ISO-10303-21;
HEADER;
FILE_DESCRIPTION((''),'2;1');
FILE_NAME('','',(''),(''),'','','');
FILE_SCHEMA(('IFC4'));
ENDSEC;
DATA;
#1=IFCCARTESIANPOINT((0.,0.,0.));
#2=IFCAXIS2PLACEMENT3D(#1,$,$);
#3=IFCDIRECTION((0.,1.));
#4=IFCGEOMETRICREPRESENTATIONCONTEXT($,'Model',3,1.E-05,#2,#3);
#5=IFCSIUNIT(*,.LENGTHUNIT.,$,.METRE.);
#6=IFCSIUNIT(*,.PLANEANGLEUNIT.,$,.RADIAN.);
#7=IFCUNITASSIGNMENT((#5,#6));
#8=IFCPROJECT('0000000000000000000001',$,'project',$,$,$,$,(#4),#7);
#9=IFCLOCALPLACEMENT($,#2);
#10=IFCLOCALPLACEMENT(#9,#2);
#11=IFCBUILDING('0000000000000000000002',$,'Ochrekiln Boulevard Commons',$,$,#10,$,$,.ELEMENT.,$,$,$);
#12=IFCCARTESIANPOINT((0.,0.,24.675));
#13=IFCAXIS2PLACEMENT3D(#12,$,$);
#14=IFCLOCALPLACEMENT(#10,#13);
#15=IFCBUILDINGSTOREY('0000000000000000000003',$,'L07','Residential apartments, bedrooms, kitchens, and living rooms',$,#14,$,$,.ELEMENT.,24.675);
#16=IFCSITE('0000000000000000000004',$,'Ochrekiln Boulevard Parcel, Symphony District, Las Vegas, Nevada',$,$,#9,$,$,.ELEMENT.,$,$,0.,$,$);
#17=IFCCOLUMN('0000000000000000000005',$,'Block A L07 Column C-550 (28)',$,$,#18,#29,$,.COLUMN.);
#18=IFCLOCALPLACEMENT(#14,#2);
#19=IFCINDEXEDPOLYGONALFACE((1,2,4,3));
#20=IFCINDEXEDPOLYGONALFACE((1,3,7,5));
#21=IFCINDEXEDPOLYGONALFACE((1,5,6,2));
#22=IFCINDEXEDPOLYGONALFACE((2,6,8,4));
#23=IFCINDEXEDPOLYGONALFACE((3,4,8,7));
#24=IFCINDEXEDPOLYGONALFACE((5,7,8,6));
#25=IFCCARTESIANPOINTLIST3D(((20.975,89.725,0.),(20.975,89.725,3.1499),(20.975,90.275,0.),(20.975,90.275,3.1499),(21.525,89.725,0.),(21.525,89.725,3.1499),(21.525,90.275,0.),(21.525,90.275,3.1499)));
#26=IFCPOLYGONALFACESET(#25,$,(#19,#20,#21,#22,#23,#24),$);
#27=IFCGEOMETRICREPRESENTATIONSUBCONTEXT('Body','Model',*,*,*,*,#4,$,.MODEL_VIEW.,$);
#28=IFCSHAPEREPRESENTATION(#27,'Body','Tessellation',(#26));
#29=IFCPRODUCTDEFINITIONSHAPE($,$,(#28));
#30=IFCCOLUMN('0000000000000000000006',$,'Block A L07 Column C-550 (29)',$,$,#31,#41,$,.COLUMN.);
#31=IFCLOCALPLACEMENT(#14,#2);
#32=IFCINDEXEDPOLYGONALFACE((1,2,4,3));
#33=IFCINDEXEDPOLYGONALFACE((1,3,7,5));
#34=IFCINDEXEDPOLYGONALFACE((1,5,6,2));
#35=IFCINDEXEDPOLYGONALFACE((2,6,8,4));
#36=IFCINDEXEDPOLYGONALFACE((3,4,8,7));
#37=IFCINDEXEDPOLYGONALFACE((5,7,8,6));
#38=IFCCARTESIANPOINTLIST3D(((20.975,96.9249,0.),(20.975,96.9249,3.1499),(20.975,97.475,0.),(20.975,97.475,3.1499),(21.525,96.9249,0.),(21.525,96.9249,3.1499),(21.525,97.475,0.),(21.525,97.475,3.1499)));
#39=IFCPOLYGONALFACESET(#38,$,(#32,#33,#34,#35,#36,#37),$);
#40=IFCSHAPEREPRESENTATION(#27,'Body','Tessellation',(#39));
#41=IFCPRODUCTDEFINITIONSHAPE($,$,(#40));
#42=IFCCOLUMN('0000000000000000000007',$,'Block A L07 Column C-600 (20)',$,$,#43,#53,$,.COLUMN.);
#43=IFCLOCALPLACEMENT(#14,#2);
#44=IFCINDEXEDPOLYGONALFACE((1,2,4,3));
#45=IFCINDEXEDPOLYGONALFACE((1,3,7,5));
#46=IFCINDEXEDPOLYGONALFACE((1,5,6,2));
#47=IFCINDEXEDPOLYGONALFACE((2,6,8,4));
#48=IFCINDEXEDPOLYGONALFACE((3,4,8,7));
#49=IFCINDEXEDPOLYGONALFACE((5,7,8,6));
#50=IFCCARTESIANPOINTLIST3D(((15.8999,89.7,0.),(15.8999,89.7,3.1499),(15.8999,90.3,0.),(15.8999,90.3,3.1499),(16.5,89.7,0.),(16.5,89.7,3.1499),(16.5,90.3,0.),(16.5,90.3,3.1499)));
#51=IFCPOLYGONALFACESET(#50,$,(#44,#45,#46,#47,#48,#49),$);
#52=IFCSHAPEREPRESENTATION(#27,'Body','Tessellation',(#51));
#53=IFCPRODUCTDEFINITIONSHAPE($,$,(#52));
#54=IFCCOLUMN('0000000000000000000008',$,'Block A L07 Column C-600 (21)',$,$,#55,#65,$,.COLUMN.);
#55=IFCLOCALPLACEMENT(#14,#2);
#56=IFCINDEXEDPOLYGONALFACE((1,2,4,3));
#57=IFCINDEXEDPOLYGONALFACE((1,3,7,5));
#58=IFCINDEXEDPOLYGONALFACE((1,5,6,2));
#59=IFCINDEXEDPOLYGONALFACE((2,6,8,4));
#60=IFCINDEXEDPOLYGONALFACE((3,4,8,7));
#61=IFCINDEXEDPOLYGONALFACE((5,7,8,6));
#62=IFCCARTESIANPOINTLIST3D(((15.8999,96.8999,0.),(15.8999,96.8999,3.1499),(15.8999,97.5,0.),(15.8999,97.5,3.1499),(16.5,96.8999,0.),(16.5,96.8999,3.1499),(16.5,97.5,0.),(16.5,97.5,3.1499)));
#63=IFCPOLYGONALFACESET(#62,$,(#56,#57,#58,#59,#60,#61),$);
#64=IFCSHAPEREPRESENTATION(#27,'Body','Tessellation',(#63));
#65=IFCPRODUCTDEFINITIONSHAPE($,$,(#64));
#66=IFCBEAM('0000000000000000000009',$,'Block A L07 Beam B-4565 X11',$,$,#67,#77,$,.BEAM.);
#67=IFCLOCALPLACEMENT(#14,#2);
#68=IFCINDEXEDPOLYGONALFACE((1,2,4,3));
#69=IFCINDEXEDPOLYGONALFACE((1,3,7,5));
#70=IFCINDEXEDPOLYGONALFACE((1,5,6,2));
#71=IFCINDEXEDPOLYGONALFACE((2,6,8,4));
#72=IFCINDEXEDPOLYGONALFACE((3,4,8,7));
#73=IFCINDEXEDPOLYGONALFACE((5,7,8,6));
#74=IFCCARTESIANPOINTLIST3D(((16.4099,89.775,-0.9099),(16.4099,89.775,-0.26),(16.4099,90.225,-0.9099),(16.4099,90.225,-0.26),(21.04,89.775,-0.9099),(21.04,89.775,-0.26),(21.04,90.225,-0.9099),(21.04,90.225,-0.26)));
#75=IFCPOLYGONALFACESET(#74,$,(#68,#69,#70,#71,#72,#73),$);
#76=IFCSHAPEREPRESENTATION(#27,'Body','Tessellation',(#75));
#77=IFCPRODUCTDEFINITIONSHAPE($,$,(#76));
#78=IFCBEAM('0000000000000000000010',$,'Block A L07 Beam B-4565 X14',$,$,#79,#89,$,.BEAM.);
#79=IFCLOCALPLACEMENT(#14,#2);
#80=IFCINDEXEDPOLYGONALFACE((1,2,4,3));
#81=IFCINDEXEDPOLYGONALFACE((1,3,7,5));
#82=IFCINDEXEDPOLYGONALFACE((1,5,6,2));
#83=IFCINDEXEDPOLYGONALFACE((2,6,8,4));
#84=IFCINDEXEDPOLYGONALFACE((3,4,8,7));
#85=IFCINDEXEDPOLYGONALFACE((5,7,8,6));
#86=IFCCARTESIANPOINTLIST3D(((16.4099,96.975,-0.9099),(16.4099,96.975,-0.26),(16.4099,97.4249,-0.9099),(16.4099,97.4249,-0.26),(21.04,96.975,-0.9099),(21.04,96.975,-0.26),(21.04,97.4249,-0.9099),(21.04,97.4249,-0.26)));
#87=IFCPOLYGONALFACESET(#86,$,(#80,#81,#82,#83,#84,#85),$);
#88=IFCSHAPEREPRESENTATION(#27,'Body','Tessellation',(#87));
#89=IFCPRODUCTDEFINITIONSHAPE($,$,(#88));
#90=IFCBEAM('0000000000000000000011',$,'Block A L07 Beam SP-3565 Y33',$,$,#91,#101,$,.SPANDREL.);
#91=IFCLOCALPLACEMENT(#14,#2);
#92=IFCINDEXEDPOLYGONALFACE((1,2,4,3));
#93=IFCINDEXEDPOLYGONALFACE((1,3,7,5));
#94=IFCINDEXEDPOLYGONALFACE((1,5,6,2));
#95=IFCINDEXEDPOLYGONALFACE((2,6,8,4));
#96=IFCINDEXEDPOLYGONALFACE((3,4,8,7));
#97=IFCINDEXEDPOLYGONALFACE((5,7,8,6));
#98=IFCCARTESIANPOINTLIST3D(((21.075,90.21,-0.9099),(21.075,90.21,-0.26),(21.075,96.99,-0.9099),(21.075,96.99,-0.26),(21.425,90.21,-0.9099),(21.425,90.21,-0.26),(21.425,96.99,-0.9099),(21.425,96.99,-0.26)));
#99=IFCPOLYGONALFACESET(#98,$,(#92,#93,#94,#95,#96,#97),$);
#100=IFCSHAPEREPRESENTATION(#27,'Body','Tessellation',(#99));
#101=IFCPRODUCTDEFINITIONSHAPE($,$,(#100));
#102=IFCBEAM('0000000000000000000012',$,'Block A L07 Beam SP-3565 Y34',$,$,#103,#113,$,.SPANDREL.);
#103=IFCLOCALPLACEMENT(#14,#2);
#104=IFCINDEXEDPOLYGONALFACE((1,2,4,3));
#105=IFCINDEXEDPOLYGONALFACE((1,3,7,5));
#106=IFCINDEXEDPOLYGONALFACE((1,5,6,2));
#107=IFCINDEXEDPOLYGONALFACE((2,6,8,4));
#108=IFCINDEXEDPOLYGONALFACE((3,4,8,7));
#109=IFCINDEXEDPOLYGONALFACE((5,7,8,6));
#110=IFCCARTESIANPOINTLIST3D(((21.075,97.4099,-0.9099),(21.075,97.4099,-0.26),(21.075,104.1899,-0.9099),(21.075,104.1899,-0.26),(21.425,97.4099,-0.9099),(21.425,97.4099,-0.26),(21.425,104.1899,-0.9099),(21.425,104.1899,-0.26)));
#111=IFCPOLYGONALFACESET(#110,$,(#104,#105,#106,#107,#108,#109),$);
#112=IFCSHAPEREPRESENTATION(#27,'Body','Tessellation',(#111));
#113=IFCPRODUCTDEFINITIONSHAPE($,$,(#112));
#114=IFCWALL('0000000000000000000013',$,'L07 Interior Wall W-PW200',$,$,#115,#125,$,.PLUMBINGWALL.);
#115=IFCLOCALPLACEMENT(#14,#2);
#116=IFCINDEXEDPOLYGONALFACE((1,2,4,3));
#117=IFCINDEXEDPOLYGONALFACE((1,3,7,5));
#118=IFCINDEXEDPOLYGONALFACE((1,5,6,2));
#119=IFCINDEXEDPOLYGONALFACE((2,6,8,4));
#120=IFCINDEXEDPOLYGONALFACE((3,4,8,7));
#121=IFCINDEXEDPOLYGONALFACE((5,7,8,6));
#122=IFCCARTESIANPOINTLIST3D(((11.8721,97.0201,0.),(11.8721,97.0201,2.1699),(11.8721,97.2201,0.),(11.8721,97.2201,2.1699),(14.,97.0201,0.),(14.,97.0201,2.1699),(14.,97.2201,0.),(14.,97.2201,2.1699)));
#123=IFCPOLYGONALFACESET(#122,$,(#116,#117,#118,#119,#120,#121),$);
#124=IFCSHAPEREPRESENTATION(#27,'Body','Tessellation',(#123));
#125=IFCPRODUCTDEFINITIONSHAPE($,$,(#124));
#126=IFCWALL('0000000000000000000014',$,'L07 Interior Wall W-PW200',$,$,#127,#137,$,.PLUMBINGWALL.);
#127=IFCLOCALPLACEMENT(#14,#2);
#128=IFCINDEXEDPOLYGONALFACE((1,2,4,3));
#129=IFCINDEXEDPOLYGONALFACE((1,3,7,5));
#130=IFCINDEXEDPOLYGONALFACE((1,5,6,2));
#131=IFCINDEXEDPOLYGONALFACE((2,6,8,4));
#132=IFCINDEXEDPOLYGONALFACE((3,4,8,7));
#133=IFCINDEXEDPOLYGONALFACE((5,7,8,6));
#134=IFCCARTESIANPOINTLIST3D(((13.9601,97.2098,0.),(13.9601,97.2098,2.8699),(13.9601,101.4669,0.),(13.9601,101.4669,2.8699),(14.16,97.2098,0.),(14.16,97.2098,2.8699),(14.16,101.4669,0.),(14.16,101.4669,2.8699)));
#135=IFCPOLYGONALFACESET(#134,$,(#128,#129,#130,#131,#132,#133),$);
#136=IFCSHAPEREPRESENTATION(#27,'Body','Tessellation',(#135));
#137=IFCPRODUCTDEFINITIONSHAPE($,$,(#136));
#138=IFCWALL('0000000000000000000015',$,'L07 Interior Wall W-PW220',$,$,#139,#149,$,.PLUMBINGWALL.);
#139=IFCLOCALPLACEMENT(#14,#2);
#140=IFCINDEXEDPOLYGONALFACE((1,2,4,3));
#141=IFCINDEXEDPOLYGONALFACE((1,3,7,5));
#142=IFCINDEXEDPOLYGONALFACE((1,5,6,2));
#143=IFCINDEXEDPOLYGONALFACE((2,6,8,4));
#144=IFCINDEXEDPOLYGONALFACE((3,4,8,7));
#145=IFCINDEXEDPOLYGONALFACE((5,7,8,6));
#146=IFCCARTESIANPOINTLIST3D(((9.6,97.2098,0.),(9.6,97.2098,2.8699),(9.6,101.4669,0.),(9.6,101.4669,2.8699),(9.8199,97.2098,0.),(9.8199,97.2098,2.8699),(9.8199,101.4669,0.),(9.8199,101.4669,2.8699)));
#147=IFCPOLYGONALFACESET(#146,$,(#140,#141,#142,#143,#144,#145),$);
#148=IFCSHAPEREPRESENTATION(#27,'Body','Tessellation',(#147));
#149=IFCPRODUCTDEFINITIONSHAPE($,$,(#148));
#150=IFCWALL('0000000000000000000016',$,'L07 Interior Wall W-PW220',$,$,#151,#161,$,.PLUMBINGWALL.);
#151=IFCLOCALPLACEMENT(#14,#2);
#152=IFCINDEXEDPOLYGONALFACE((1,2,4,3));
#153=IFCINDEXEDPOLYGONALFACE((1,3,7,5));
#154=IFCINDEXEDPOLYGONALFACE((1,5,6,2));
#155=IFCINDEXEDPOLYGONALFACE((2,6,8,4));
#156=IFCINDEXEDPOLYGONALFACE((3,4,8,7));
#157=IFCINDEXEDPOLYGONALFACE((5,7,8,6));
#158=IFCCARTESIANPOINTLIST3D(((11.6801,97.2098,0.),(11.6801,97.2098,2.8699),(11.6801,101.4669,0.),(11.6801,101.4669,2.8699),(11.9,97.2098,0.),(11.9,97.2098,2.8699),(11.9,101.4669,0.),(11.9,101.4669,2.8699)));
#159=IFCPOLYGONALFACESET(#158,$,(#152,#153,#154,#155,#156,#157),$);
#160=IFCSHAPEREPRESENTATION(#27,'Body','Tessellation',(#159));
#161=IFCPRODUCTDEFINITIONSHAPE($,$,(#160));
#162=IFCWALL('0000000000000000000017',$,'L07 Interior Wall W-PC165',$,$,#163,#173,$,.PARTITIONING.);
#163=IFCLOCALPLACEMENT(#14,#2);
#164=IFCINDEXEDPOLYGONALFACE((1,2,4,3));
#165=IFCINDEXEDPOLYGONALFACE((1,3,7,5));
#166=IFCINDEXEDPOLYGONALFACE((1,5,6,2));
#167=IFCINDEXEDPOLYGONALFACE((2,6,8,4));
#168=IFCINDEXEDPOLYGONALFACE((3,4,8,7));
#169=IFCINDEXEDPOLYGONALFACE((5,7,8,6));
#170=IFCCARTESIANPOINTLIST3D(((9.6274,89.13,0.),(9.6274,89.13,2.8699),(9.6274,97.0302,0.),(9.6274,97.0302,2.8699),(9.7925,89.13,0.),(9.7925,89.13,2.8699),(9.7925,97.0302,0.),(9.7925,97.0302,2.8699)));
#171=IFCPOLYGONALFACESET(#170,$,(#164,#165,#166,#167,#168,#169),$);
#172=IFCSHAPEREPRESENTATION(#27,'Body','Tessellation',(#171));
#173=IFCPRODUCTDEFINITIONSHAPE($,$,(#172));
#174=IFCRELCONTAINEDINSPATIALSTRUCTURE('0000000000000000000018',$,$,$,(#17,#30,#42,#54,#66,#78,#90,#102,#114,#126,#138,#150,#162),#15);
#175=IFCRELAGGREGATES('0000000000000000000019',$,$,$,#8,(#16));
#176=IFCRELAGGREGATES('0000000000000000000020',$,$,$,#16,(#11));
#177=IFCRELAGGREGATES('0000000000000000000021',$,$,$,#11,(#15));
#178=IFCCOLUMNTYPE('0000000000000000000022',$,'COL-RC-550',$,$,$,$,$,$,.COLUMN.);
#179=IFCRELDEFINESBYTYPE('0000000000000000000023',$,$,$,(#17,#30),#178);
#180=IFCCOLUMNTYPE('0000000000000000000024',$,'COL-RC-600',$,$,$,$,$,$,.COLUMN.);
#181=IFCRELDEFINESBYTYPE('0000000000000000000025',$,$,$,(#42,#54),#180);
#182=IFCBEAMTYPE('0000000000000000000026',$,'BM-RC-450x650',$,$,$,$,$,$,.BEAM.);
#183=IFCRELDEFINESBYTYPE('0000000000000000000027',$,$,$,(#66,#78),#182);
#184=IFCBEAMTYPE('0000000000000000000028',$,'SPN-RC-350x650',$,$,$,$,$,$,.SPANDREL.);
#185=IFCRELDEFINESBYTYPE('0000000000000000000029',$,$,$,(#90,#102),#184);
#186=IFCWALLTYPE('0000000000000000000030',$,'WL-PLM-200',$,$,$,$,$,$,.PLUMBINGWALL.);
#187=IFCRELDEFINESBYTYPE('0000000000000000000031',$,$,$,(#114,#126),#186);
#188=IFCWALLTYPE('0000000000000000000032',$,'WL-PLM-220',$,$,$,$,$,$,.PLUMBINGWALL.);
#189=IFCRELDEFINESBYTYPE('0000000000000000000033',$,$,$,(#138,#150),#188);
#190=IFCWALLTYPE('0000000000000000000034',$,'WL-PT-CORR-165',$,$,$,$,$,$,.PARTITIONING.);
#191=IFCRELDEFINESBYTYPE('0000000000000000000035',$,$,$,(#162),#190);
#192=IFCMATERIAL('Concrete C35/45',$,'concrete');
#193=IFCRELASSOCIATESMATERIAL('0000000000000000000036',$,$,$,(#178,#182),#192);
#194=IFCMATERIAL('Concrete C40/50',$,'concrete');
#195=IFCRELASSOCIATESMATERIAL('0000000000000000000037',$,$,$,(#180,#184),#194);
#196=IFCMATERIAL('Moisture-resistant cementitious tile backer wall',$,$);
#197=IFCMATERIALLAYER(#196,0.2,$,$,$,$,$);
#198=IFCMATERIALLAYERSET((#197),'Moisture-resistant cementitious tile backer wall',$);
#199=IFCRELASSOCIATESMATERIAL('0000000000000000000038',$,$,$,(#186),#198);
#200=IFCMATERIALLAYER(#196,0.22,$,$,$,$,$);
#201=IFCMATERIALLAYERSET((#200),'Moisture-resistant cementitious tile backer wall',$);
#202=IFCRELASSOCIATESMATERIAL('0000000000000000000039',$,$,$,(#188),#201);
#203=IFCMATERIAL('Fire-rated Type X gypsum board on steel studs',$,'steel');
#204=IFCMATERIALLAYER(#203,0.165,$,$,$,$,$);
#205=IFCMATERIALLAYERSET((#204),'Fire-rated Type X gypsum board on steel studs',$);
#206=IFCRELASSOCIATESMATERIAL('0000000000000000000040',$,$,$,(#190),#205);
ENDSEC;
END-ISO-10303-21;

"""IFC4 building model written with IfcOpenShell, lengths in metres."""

from ifc_helpers import new_model, si_unit, direction, frame, frame_2d, origin, origin_2d, place, context, subcontext, project, spatial, rectangle, extrude, material, layer, layer_set, material_profile, profile_set, type_object, element, save


model = new_model("IFC4")

# Units and contexts
model_context = context("Model", 3, precision=1e-05, world=origin(), true_north=direction((0.0, 1.0)))
body_context = subcontext(model_context, "Body", "Model", "MODEL_VIEW")
ifc_project = project(units=[si_unit("LENGTHUNIT", "METRE"), si_unit("PLANEANGLEUNIT", "RADIAN")], contexts=[model_context])

# Site, building, storey
site_placement = place(None, origin())
site = spatial("IfcSite", under=ifc_project, at=site_placement, Name="Ochrekiln Boulevard Parcel, Symphony District, Las Vegas, Nevada", CompositionType="ELEMENT", RefElevation=0.0)
building_placement = place(site_placement, origin())
building = spatial("IfcBuilding", under=site, at=building_placement, Name="Ochrekiln Boulevard Commons", CompositionType="ELEMENT")
storey_placement = place(building_placement, frame((0.0, 0.0, 24.675)))
storey = spatial("IfcBuildingStorey", under=building, at=storey_placement, Name="L07", Description="Residential apartments, bedrooms, kitchens, and living rooms", CompositionType="ELEMENT", Elevation=24.675)

# Columns
ifc_material_1 = material(Name="Concrete C35/45", Category="concrete")
ifc_material_profile_1 = material_profile(ifc_material_1, rectangle(XDim=0.55, YDim=0.55, at=origin_2d()), Name="RC-COL-550x550")
ifc_profile_set_1 = profile_set([ifc_material_profile_1], Name="Concrete C35/45")
column_type_1 = type_object("IfcColumnType", Name="COL-RC-550", PredefinedType="COLUMN", material=ifc_profile_set_1)
for number, where, z_axis, x_axis, name in (
    (1, (21.25, 90.0, 0.0), (0.0, 0.0, 1.0), (1.0, 0.0, 0.0), "Block A L07 Column C-550 (28)"),
    (2, (21.25, 97.2, 0.0), (0.0, 0.0, 1.0), (1.0, 0.0, 0.0), "Block A L07 Column C-550 (29)"),
):
    element("IfcColumn", number, at=place(storey_placement, frame(where, z_axis=z_axis, x_axis=x_axis)), inside=storey, type_object=column_type_1, Name=name, PredefinedType="COLUMN", context=body_context, shape_type="SweptSolid", body=[
        extrude(rectangle(XDim=0.55, YDim=0.55, at=origin_2d()), origin(), (0.0, 0.0, 1.0), 3.1499),
    ])
ifc_material_2 = material(Name="Concrete C40/50", Category="concrete")
ifc_material_profile_2 = material_profile(ifc_material_2, rectangle(XDim=0.6001, YDim=0.6001, at=origin_2d()), Name="RC-COL-600x600")
ifc_profile_set_2 = profile_set([ifc_material_profile_2], Name="Concrete C40/50")
column_type_2 = type_object("IfcColumnType", Name="COL-RC-600", PredefinedType="COLUMN", material=ifc_profile_set_2)
for number, where, z_axis, x_axis, name in (
    (3, (16.2, 90.0, 0.0), (0.0, 0.0, 1.0), (1.0, 0.0, 0.0), "Block A L07 Column C-600 (20)"),
    (4, (16.2, 97.2, 0.0), (0.0, 0.0, 1.0), (1.0, 0.0, 0.0), "Block A L07 Column C-600 (21)"),
):
    element("IfcColumn", number, at=place(storey_placement, frame(where, z_axis=z_axis, x_axis=x_axis)), inside=storey, type_object=column_type_2, Name=name, PredefinedType="COLUMN", context=body_context, shape_type="SweptSolid", body=[
        extrude(rectangle(XDim=0.6001, YDim=0.6001, at=origin_2d()), origin(), (0.0, 0.0, 1.0), 3.1499),
    ])

# Beams
ifc_material_profile_3 = material_profile(ifc_material_1, rectangle(XDim=0.45, YDim=0.6499, at=origin_2d()), Name="RC-BM-450x650")
ifc_profile_set_3 = profile_set([ifc_material_profile_3], Name="Concrete C35/45")
beam_type_1 = type_object("IfcBeamType", Name="BM-RC-450x650", PredefinedType="BEAM", material=ifc_profile_set_3)
for number, where, z_axis, x_axis, name in (
    (5, (16.4099, 90.0, -0.585), (1.0, 0.0, 0.0), (0.0, 1.0, 0.0), "Block A L07 Beam B-4565 X11"),
    (6, (16.4099, 97.2, -0.585), (1.0, 0.0, 0.0), (0.0, 1.0, 0.0), "Block A L07 Beam B-4565 X14"),
):
    element("IfcBeam", number, at=place(storey_placement, frame(where, z_axis=z_axis, x_axis=x_axis)), inside=storey, type_object=beam_type_1, Name=name, PredefinedType="BEAM", context=body_context, shape_type="SweptSolid", body=[
        extrude(rectangle(XDim=0.45, YDim=0.6499, at=origin_2d()), origin(), (0.0, 0.0, 1.0), 4.6301),
    ])
ifc_material_profile_4 = material_profile(ifc_material_2, rectangle(XDim=0.3501, YDim=0.6499, at=origin_2d()), Name="RC-SPN-350x650")
ifc_profile_set_4 = profile_set([ifc_material_profile_4], Name="Concrete C40/50")
beam_type_2 = type_object("IfcBeamType", Name="SPN-RC-350x650", PredefinedType="SPANDREL", material=ifc_profile_set_4)
for number, where, z_axis, x_axis, name in (
    (7, (21.25, 90.21, -0.585), (0.0, 1.0, 0.0), (-1.0, 0.0, 0.0), "Block A L07 Beam SP-3565 Y33"),
    (8, (21.25, 97.4099, -0.585), (0.0, 1.0, 0.0), (-1.0, 0.0, 0.0), "Block A L07 Beam SP-3565 Y34"),
):
    element("IfcBeam", number, at=place(storey_placement, frame(where, z_axis=z_axis, x_axis=x_axis)), inside=storey, type_object=beam_type_2, Name=name, PredefinedType="SPANDREL", context=body_context, shape_type="SweptSolid", body=[
        extrude(rectangle(XDim=0.3501, YDim=0.6499, at=origin_2d()), origin(), (0.0, 0.0, 1.0), 6.78),
    ])

# Walls
ifc_material_3 = material(Name="Moisture-resistant cementitious tile backer wall")
ifc_layer_1 = layer(ifc_material_3, 0.2)
ifc_layer_set_1 = layer_set([ifc_layer_1], Name="Moisture-resistant cementitious tile backer wall")
wall_type_1 = type_object("IfcWallType", Name="WL-PLM-200", PredefinedType="PLUMBINGWALL", material=ifc_layer_set_1)
wall_1_placement = place(storey_placement, frame((11.8721, 97.1201, 0.0), z_axis=(0.0, 0.0, 1.0), x_axis=(1.0, 0.0, 0.0)))
element("IfcWall", 9, at=wall_1_placement, inside=storey, type_object=wall_type_1, Name="L07 Interior Wall W-PW200", PredefinedType="PLUMBINGWALL", context=body_context, shape_type="SweptSolid", body=[
    extrude(rectangle(XDim=2.1279, YDim=0.2, at=frame_2d((1.064, 0.0))), origin(), (0.0, 0.0, 1.0), 2.1699),
])
wall_2_placement = place(storey_placement, frame((14.0601, 97.21, 0.0), z_axis=(0.0, 0.0, 1.0), x_axis=(0.0, 1.0, 0.0)))
element("IfcWall", 10, at=wall_2_placement, inside=storey, type_object=wall_type_1, Name="L07 Interior Wall W-PW200", PredefinedType="PLUMBINGWALL", context=body_context, shape_type="SweptSolid", body=[
    extrude(rectangle(XDim=4.2571, YDim=0.2, at=frame_2d((2.1284, 0.0))), origin(), (0.0, 0.0, 1.0), 2.8699),
])
ifc_layer_2 = layer(ifc_material_3, 0.22)
ifc_layer_set_2 = layer_set([ifc_layer_2], Name="Moisture-resistant cementitious tile backer wall")
wall_type_2 = type_object("IfcWallType", Name="WL-PLM-220", PredefinedType="PLUMBINGWALL", material=ifc_layer_set_2)
for number, where, z_axis, x_axis, name in (
    (11, (9.71, 97.21, 0.0), (0.0, 0.0, 1.0), (0.0, 1.0, 0.0), "L07 Interior Wall W-PW220"),
    (12, (11.79, 97.21, 0.0), (0.0, 0.0, 1.0), (0.0, 1.0, 0.0), "L07 Interior Wall W-PW220"),
):
    element("IfcWall", number, at=place(storey_placement, frame(where, z_axis=z_axis, x_axis=x_axis)), inside=storey, type_object=wall_type_2, Name=name, PredefinedType="PLUMBINGWALL", context=body_context, shape_type="SweptSolid", body=[
        extrude(rectangle(XDim=4.2571, YDim=0.22, at=frame_2d((2.1284, 0.0))), origin(), (0.0, 0.0, 1.0), 2.8699),
    ])
ifc_material_4 = material(Name="Fire-rated Type X gypsum board on steel studs", Category="steel")
ifc_layer_3 = layer(ifc_material_4, 0.165)
ifc_layer_set_3 = layer_set([ifc_layer_3], Name="Fire-rated Type X gypsum board on steel studs")
wall_type_3 = type_object("IfcWallType", Name="WL-PT-CORR-165", PredefinedType="PARTITIONING", material=ifc_layer_set_3)
wall_3_placement = place(storey_placement, frame((9.71, 89.1299, 0.0), z_axis=(0.0, 0.0, 1.0), x_axis=(0.0, 1.0, 0.0)))
element("IfcWall", 13, at=wall_3_placement, inside=storey, type_object=wall_type_3, Name="L07 Interior Wall W-PC165", PredefinedType="PARTITIONING", context=body_context, shape_type="SweptSolid", body=[
    extrude(rectangle(XDim=7.9001, YDim=0.165, at=frame_2d((3.9502, 0.0))), origin(), (0.0, 0.0, 1.0), 2.8699),
])

save(model, "model.ifc")
